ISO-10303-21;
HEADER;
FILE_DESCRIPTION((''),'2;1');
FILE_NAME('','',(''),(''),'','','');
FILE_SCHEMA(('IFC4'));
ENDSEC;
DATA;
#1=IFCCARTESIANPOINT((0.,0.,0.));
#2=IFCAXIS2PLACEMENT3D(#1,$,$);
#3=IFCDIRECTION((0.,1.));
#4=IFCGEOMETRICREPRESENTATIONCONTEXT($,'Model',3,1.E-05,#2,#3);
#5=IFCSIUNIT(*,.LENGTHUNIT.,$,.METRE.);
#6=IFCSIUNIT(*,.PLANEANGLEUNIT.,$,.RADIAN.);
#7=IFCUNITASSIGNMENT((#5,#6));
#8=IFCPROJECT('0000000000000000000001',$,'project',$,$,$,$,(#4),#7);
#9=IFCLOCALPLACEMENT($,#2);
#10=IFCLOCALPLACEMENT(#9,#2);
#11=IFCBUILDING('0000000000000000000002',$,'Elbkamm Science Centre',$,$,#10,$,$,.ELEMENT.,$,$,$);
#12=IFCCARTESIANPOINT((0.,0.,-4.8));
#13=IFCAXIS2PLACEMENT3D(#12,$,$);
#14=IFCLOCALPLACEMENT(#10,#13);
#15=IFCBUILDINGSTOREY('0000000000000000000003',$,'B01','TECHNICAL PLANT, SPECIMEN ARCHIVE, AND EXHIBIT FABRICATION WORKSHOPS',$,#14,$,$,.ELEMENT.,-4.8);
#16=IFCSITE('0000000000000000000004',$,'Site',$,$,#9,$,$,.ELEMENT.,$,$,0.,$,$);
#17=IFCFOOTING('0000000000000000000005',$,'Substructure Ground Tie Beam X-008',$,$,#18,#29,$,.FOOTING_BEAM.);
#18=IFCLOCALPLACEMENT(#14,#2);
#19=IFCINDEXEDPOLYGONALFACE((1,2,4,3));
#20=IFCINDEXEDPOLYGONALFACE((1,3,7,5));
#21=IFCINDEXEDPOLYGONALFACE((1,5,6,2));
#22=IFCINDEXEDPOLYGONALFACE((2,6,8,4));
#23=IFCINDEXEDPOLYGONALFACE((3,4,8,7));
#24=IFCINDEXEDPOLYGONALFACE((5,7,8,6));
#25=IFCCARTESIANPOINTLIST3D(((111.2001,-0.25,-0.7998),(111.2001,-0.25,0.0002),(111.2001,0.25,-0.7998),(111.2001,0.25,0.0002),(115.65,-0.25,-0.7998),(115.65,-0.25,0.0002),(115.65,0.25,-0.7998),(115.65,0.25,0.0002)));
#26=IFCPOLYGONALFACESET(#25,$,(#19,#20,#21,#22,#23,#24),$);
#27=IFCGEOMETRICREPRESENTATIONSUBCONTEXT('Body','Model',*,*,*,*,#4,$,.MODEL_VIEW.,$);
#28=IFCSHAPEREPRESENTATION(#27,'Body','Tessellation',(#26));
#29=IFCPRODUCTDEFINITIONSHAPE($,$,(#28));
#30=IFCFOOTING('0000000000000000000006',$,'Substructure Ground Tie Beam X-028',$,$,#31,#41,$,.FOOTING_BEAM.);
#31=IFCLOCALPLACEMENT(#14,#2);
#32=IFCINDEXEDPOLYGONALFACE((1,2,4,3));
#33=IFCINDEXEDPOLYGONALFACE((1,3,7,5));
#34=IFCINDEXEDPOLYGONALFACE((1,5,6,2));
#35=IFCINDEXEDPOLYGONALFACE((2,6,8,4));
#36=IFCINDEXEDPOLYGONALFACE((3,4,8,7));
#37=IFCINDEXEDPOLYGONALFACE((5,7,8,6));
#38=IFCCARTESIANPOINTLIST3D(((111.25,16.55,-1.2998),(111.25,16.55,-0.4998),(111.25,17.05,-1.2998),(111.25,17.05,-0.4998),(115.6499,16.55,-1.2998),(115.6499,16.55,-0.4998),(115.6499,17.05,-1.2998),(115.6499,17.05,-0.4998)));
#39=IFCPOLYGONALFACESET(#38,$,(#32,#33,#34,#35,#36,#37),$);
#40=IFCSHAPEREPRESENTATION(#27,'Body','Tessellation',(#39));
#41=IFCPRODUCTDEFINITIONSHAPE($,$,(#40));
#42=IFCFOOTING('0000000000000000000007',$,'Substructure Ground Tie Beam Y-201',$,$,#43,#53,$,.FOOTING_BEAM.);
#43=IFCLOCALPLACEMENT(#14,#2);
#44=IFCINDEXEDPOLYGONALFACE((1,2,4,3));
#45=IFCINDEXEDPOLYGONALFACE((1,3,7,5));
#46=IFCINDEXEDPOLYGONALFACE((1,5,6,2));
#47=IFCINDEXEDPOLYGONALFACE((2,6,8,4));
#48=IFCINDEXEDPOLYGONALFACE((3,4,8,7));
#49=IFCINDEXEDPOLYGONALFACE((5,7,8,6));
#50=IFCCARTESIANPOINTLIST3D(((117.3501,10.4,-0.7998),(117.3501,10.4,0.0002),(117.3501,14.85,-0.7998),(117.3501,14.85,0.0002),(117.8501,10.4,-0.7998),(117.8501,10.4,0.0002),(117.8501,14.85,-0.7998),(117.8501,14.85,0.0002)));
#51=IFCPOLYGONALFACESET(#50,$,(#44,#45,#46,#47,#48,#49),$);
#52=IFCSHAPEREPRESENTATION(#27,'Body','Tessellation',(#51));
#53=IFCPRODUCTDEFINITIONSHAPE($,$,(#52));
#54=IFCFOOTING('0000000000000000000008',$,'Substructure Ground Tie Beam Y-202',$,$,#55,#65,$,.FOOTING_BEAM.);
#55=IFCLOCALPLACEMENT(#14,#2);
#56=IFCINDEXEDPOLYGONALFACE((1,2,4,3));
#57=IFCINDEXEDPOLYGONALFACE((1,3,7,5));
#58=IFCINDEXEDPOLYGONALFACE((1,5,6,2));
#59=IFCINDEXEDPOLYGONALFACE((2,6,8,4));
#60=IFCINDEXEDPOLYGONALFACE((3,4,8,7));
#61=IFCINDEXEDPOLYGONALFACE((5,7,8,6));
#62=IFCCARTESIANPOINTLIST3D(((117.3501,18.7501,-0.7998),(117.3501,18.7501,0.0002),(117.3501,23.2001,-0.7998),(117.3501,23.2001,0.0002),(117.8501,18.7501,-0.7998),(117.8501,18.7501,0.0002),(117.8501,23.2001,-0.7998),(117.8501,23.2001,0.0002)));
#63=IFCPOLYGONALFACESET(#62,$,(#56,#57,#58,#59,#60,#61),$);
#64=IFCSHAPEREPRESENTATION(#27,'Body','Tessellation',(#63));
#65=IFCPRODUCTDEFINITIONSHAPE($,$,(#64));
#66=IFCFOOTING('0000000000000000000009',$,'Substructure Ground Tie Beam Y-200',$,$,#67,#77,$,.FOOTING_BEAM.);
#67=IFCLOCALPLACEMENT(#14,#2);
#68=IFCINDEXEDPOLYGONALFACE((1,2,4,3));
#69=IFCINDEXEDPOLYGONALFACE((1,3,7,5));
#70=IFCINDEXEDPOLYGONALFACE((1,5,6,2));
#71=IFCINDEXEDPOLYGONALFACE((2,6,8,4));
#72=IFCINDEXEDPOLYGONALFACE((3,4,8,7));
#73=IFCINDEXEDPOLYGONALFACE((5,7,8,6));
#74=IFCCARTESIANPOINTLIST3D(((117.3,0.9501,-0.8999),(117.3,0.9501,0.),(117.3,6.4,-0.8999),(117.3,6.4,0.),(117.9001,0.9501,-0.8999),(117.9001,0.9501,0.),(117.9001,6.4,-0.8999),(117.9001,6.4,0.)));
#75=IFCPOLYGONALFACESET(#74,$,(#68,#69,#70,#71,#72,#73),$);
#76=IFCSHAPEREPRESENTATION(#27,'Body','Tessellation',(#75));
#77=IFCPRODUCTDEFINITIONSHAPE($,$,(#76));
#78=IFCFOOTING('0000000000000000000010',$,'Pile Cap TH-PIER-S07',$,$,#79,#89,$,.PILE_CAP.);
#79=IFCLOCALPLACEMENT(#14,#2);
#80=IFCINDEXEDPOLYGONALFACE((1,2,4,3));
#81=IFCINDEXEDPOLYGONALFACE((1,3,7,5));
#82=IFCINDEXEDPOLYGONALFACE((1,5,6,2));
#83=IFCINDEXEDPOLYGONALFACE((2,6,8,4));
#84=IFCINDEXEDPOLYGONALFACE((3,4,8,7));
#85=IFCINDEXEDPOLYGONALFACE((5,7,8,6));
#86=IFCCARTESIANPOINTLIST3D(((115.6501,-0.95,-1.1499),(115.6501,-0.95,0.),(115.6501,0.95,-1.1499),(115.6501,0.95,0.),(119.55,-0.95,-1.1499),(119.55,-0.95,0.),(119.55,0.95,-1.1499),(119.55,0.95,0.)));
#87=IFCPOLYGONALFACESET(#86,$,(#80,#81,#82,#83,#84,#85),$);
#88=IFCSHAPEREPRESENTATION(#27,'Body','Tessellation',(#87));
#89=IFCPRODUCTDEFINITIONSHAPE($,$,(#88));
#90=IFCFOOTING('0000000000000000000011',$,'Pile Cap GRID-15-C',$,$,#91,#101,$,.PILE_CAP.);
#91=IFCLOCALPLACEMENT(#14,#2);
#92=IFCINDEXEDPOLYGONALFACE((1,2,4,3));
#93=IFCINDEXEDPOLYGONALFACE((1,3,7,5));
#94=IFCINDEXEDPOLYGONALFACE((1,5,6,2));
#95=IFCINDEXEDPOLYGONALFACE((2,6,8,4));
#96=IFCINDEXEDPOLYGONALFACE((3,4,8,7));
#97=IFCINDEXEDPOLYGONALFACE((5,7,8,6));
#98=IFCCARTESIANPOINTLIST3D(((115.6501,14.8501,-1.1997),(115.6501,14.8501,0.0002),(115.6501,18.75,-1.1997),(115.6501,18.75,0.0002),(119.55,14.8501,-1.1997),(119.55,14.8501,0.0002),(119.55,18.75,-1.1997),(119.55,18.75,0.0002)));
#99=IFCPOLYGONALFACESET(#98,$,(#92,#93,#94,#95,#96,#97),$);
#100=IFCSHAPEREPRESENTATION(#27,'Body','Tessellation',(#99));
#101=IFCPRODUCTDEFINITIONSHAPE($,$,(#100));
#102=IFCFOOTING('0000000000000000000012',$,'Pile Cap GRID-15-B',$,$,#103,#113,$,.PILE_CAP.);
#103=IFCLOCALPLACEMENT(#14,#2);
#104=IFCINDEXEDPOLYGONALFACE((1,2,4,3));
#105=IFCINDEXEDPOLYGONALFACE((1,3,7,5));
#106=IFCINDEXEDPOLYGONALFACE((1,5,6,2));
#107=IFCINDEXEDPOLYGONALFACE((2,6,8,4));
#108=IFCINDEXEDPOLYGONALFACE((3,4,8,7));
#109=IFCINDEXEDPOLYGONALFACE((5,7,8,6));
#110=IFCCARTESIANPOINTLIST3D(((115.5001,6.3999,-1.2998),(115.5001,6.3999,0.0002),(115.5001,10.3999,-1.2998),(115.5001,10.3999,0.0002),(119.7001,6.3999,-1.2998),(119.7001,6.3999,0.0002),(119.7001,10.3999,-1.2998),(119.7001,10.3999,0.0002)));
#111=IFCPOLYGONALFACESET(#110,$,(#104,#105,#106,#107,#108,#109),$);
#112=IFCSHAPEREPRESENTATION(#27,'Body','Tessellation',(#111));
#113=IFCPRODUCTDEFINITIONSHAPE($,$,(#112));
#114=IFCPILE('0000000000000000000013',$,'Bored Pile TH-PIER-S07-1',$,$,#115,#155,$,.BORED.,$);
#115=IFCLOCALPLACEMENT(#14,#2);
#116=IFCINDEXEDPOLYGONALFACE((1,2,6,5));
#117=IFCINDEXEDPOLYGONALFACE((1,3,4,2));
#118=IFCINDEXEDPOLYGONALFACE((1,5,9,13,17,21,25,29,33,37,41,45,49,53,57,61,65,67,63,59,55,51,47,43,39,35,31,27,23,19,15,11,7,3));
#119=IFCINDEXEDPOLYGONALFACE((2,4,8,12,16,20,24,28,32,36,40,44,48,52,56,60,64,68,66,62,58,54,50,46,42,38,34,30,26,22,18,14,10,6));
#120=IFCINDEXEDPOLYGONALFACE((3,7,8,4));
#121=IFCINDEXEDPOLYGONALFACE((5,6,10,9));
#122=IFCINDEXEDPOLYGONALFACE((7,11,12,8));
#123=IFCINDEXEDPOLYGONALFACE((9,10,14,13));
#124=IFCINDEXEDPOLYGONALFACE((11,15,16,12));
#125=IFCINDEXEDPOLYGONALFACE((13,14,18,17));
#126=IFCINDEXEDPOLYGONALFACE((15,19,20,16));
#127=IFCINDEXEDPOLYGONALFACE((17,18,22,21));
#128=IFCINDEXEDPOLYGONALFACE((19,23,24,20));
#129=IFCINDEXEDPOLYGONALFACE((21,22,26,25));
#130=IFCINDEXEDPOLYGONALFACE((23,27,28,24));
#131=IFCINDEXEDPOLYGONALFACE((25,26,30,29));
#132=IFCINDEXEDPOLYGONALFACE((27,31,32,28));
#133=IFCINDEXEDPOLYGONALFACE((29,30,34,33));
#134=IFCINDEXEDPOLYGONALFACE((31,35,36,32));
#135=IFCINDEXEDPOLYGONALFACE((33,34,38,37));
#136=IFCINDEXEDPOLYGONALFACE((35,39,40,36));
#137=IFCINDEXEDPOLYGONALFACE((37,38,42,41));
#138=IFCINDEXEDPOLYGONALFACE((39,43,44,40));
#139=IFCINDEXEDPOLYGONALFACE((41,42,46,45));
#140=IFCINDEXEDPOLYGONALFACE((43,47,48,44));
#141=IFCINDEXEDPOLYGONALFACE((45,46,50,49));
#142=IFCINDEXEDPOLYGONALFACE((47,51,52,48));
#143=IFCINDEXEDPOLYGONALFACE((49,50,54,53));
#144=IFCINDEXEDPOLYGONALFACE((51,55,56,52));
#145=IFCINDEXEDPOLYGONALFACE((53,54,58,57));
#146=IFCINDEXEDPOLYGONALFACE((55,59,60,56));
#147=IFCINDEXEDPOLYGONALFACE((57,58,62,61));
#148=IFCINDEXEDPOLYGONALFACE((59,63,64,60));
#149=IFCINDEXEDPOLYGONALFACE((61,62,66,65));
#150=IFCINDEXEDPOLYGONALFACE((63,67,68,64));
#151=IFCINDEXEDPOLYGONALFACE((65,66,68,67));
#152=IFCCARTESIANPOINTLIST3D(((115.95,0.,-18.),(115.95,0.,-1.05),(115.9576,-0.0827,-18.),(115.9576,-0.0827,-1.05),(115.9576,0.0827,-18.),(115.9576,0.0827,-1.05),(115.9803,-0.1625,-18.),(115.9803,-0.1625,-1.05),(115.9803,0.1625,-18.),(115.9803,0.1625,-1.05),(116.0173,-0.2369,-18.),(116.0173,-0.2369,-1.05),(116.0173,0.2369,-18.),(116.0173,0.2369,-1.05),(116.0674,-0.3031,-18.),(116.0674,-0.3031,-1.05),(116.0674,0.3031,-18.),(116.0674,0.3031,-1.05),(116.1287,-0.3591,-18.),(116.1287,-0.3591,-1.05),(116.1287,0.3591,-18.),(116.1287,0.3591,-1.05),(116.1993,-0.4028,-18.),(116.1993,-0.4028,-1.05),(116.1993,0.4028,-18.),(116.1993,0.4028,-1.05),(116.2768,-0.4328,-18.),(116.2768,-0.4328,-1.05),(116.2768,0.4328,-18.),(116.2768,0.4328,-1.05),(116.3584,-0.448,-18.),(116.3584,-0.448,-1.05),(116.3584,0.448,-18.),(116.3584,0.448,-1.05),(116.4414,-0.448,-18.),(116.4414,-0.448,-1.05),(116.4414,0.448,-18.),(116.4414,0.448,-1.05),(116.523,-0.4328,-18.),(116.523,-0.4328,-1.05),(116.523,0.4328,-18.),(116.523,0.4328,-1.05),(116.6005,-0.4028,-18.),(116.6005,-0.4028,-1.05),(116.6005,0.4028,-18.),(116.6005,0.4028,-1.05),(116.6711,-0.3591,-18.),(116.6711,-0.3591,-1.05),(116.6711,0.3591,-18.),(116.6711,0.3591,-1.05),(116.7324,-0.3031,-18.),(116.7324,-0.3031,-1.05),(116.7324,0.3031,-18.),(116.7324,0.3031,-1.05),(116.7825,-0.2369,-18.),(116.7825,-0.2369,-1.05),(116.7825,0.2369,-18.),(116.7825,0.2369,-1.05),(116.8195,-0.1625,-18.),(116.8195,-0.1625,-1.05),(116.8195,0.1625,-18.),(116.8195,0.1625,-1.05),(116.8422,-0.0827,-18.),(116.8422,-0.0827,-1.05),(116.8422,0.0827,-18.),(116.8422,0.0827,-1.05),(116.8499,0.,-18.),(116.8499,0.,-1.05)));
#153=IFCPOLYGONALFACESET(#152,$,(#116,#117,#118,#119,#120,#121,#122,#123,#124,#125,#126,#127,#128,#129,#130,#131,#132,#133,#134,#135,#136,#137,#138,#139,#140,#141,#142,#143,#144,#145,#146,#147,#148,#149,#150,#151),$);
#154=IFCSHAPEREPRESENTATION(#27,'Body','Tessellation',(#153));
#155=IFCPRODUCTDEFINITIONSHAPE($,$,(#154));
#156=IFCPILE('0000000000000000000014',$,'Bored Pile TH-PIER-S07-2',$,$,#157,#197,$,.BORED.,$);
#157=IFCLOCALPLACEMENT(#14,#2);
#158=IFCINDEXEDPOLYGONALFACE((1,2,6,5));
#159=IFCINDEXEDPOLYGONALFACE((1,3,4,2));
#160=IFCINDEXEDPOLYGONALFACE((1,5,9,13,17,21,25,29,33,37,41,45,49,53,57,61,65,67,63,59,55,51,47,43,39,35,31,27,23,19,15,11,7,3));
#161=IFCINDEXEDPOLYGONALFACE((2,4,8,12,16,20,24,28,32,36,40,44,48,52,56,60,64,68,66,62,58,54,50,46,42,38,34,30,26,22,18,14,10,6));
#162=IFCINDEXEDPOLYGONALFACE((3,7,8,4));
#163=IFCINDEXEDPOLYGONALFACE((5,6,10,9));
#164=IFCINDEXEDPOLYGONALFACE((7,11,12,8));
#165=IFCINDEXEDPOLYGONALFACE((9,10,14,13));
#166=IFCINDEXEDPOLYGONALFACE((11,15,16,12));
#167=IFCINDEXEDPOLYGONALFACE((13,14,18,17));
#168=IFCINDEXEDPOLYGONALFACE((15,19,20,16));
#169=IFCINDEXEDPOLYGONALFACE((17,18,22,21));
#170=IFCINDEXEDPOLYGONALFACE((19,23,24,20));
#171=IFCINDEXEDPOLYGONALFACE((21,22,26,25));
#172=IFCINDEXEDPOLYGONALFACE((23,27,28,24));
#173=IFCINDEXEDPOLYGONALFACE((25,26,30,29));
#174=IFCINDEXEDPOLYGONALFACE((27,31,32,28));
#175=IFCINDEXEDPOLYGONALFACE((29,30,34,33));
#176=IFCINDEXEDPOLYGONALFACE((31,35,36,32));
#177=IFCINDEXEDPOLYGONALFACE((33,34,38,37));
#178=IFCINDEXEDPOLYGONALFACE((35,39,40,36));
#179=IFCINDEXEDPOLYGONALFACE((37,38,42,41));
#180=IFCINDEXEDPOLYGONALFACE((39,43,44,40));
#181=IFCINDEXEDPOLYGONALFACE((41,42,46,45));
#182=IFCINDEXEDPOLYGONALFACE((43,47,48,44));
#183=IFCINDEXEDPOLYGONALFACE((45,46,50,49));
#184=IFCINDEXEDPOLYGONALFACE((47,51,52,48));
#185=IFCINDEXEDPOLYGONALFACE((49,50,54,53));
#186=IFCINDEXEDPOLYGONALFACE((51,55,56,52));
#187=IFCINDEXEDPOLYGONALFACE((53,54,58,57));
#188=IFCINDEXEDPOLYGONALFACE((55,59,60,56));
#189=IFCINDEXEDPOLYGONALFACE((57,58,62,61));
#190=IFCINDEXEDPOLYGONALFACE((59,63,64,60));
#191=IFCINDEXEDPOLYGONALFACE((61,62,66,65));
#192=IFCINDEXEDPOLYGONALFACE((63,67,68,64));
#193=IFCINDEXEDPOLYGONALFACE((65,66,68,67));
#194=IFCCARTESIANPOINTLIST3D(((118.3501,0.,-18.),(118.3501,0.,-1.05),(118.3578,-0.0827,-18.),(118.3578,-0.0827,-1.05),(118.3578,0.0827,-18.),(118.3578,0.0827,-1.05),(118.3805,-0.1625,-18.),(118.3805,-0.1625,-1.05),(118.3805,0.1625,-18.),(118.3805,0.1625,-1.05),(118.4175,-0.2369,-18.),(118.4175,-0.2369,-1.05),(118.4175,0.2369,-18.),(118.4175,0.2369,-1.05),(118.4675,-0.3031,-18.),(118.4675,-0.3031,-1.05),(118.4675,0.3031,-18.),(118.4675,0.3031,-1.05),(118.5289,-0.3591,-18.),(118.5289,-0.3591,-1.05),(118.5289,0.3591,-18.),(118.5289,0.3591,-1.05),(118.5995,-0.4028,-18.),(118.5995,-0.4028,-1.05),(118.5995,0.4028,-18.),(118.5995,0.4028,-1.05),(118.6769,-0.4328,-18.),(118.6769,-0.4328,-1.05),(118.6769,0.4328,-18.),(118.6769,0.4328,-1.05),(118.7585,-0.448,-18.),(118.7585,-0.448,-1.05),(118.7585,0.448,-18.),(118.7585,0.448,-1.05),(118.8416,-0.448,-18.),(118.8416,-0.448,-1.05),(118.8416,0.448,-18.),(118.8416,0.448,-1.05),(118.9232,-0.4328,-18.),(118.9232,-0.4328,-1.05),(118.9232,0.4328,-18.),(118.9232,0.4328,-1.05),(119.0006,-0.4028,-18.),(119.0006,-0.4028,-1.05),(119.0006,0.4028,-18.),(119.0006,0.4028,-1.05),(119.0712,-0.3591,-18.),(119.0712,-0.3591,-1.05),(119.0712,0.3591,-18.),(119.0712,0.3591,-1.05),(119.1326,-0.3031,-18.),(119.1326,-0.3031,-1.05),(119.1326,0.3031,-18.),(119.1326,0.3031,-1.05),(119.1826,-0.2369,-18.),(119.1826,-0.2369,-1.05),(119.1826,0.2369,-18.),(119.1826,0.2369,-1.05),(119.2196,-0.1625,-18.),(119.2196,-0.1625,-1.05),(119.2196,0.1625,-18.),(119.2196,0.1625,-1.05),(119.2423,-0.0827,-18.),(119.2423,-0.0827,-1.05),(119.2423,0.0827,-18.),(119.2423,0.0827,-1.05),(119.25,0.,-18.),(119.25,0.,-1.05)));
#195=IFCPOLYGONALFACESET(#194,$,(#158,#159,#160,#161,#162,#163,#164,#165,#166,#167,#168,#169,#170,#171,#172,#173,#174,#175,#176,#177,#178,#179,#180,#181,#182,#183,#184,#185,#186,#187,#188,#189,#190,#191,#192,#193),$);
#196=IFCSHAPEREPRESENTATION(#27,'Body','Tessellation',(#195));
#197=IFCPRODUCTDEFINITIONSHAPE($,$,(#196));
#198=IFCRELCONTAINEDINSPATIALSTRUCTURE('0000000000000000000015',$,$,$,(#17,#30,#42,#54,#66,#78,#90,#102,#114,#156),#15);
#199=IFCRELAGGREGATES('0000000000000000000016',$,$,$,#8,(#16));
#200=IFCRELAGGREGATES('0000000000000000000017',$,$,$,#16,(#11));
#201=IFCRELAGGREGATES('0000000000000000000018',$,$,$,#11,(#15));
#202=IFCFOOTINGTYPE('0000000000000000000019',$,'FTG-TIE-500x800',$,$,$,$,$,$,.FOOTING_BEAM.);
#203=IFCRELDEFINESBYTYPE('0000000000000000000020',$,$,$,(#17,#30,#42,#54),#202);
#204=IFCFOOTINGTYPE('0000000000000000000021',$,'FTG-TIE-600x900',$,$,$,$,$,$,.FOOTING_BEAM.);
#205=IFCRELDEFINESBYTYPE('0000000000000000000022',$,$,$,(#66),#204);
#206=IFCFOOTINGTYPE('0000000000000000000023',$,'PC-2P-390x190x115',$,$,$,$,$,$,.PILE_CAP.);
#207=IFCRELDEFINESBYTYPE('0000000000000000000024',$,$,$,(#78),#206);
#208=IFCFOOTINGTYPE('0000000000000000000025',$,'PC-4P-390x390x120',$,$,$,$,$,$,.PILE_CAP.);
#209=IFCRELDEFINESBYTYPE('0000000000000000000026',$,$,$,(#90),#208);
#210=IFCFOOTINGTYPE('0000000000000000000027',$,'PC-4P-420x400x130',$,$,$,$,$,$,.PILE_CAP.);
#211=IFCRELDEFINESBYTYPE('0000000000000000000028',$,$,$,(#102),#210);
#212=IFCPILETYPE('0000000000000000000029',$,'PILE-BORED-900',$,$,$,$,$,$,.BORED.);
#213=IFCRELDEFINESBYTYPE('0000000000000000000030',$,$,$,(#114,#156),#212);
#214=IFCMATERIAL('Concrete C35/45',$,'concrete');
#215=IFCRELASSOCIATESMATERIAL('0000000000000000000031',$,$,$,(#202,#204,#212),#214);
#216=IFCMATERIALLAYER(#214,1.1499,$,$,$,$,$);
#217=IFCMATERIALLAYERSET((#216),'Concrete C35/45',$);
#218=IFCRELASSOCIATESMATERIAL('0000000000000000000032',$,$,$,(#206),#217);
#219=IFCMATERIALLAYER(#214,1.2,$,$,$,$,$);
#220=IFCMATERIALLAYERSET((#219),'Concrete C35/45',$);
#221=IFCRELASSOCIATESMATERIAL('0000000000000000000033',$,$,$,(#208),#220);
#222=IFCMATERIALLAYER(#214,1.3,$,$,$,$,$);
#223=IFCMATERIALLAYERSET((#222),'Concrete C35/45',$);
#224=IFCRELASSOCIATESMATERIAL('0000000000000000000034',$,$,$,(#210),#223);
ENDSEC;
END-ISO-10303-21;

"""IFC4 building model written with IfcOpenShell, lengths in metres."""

from ifc_helpers import new_model, si_unit, direction, frame, origin, origin_2d, place, context, subcontext, project, spatial, rectangle, circle, extrude, material, layer, layer_set, material_profile, profile_set, type_object, element, save


model = new_model("IFC4")

# Units and contexts
model_context = context("Model", 3, precision=1e-05, world=origin(), true_north=direction((0.0, 1.0)))
body_context = subcontext(model_context, "Body", "Model", "MODEL_VIEW")
ifc_project = project(units=[si_unit("LENGTHUNIT", "METRE"), si_unit("PLANEANGLEUNIT", "RADIAN")], contexts=[model_context])

# Site, building, storey
site_placement = place(None, origin())
site = spatial("IfcSite", under=ifc_project, at=site_placement, Name="Site", CompositionType="ELEMENT", RefElevation=0.0)
building_placement = place(site_placement, origin())
building = spatial("IfcBuilding", under=site, at=building_placement, Name="Elbkamm Science Centre", CompositionType="ELEMENT")
storey_placement = place(building_placement, frame((0.0, 0.0, -4.8)))
storey = spatial("IfcBuildingStorey", under=building, at=storey_placement, Name="B01", Description="TECHNICAL PLANT, SPECIMEN ARCHIVE, AND EXHIBIT FABRICATION WORKSHOPS", CompositionType="ELEMENT", Elevation=-4.8)

# Footings
ifc_material_1 = material(Name="Concrete C35/45", Category="concrete")
footing_type_1 = type_object("IfcFootingType", Name="FTG-TIE-500x800", PredefinedType="FOOTING_BEAM", material=ifc_material_1)
footing_1_placement = place(storey_placement, frame((113.425, 0.0, -0.7998), z_axis=(0.0, 0.0, 1.0), x_axis=(1.0, 0.0, 0.0)))
element("IfcFooting", 1, at=footing_1_placement, inside=storey, type_object=footing_type_1, Name="Substructure Ground Tie Beam X-008", PredefinedType="FOOTING_BEAM", context=body_context, shape_type="SweptSolid", body=[
    extrude(rectangle(XDim=4.45, YDim=0.5, at=origin_2d()), origin(), (0.0, 0.0, 1.0), 0.8),
])
footing_2_placement = place(storey_placement, frame((113.45, 16.8, -1.2998), z_axis=(0.0, 0.0, 1.0), x_axis=(1.0, 0.0, 0.0)))
element("IfcFooting", 2, at=footing_2_placement, inside=storey, type_object=footing_type_1, Name="Substructure Ground Tie Beam X-028", PredefinedType="FOOTING_BEAM", context=body_context, shape_type="SweptSolid", body=[
    extrude(rectangle(XDim=4.3999, YDim=0.5, at=origin_2d()), origin(), (0.0, 0.0, 1.0), 0.8),
])
for number, where, z_axis, x_axis, name in (
    (3, (117.6001, 12.625, -0.7998), (0.0, 0.0, 1.0), (1.0, 0.0, 0.0), "Substructure Ground Tie Beam Y-201"),
    (4, (117.6001, 20.9751, -0.7998), (0.0, 0.0, 1.0), (1.0, 0.0, 0.0), "Substructure Ground Tie Beam Y-202"),
):
    element("IfcFooting", number, at=place(storey_placement, frame(where, z_axis=z_axis, x_axis=x_axis)), inside=storey, type_object=footing_type_1, Name=name, PredefinedType="FOOTING_BEAM", context=body_context, shape_type="SweptSolid", body=[
        extrude(rectangle(XDim=0.5, YDim=4.45, at=origin_2d()), origin(), (0.0, 0.0, 1.0), 0.8),
    ])
footing_type_2 = type_object("IfcFootingType", Name="FTG-TIE-600x900", PredefinedType="FOOTING_BEAM", material=ifc_material_1)
footing_3_placement = place(storey_placement, frame((117.6001, 3.675, -0.8999), z_axis=(0.0, 0.0, 1.0), x_axis=(1.0, 0.0, 0.0)))
element("IfcFooting", 5, at=footing_3_placement, inside=storey, type_object=footing_type_2, Name="Substructure Ground Tie Beam Y-200", PredefinedType="FOOTING_BEAM", context=body_context, shape_type="SweptSolid", body=[
    extrude(rectangle(XDim=0.6001, YDim=5.45, at=origin_2d()), origin(), (0.0, 0.0, 1.0), 0.8999),
])
ifc_layer_1 = layer(ifc_material_1, 1.1499)
ifc_layer_set_1 = layer_set([ifc_layer_1], Name="Concrete C35/45")
footing_type_3 = type_object("IfcFootingType", Name="PC-2P-390x190x115", PredefinedType="PILE_CAP", material=ifc_layer_set_1)
footing_4_placement = place(storey_placement, frame((117.6001, 0.0, -1.1499), z_axis=(0.0, 0.0, 1.0), x_axis=(1.0, 0.0, 0.0)))
element("IfcFooting", 6, at=footing_4_placement, inside=storey, type_object=footing_type_3, Name="Pile Cap TH-PIER-S07", PredefinedType="PILE_CAP", context=body_context, shape_type="SweptSolid", body=[
    extrude(rectangle(XDim=3.8999, YDim=1.8999, at=origin_2d()), origin(), (0.0, 0.0, 1.0), 1.1499),
])
ifc_layer_2 = layer(ifc_material_1, 1.2)
ifc_layer_set_2 = layer_set([ifc_layer_2], Name="Concrete C35/45")
footing_type_4 = type_object("IfcFootingType", Name="PC-4P-390x390x120", PredefinedType="PILE_CAP", material=ifc_layer_set_2)
footing_5_placement = place(storey_placement, frame((117.6001, 16.8, -1.1997), z_axis=(0.0, 0.0, 1.0), x_axis=(1.0, 0.0, 0.0)))
element("IfcFooting", 7, at=footing_5_placement, inside=storey, type_object=footing_type_4, Name="Pile Cap GRID-15-C", PredefinedType="PILE_CAP", context=body_context, shape_type="SweptSolid", body=[
    extrude(rectangle(XDim=3.8999, YDim=3.8999, at=origin_2d()), origin(), (0.0, 0.0, 1.0), 1.2),
])
ifc_layer_3 = layer(ifc_material_1, 1.3)
ifc_layer_set_3 = layer_set([ifc_layer_3], Name="Concrete C35/45")
footing_type_5 = type_object("IfcFootingType", Name="PC-4P-420x400x130", PredefinedType="PILE_CAP", material=ifc_layer_set_3)
footing_6_placement = place(storey_placement, frame((117.6001, 8.3999, -1.2998), z_axis=(0.0, 0.0, 1.0), x_axis=(1.0, 0.0, 0.0)))
element("IfcFooting", 8, at=footing_6_placement, inside=storey, type_object=footing_type_5, Name="Pile Cap GRID-15-B", PredefinedType="PILE_CAP", context=body_context, shape_type="SweptSolid", body=[
    extrude(rectangle(XDim=4.2, YDim=4.0, at=origin_2d()), origin(), (0.0, 0.0, 1.0), 1.3),
])

# Piles
ifc_material_profile_1 = material_profile(ifc_material_1, circle(Radius=0.45, at=origin_2d()), Name="PILE D900")
ifc_profile_set_1 = profile_set([ifc_material_profile_1], Name="Concrete C35/45")
pile_type = type_object("IfcPileType", Name="PILE-BORED-900", PredefinedType="BORED", material=ifc_profile_set_1)
for number, where, z_axis, x_axis, name in (
    (9, (116.3999, 0.0, -1.05), (0.0, 0.0, -1.0), (1.0, 0.0, 0.0), "Bored Pile TH-PIER-S07-1"),
    (10, (118.8, 0.0, -1.05), (0.0, 0.0, -1.0), (1.0, 0.0, 0.0), "Bored Pile TH-PIER-S07-2"),
):
    element("IfcPile", number, at=place(storey_placement, frame(where, z_axis=z_axis, x_axis=x_axis)), inside=storey, type_object=pile_type, Name=name, PredefinedType="BORED", context=body_context, shape_type="SweptSolid", body=[
        extrude(circle(Radius=0.45, at=origin_2d()), origin(), (0.0, 0.0, 1.0), 16.95),
    ])

save(model, "model.ifc")
